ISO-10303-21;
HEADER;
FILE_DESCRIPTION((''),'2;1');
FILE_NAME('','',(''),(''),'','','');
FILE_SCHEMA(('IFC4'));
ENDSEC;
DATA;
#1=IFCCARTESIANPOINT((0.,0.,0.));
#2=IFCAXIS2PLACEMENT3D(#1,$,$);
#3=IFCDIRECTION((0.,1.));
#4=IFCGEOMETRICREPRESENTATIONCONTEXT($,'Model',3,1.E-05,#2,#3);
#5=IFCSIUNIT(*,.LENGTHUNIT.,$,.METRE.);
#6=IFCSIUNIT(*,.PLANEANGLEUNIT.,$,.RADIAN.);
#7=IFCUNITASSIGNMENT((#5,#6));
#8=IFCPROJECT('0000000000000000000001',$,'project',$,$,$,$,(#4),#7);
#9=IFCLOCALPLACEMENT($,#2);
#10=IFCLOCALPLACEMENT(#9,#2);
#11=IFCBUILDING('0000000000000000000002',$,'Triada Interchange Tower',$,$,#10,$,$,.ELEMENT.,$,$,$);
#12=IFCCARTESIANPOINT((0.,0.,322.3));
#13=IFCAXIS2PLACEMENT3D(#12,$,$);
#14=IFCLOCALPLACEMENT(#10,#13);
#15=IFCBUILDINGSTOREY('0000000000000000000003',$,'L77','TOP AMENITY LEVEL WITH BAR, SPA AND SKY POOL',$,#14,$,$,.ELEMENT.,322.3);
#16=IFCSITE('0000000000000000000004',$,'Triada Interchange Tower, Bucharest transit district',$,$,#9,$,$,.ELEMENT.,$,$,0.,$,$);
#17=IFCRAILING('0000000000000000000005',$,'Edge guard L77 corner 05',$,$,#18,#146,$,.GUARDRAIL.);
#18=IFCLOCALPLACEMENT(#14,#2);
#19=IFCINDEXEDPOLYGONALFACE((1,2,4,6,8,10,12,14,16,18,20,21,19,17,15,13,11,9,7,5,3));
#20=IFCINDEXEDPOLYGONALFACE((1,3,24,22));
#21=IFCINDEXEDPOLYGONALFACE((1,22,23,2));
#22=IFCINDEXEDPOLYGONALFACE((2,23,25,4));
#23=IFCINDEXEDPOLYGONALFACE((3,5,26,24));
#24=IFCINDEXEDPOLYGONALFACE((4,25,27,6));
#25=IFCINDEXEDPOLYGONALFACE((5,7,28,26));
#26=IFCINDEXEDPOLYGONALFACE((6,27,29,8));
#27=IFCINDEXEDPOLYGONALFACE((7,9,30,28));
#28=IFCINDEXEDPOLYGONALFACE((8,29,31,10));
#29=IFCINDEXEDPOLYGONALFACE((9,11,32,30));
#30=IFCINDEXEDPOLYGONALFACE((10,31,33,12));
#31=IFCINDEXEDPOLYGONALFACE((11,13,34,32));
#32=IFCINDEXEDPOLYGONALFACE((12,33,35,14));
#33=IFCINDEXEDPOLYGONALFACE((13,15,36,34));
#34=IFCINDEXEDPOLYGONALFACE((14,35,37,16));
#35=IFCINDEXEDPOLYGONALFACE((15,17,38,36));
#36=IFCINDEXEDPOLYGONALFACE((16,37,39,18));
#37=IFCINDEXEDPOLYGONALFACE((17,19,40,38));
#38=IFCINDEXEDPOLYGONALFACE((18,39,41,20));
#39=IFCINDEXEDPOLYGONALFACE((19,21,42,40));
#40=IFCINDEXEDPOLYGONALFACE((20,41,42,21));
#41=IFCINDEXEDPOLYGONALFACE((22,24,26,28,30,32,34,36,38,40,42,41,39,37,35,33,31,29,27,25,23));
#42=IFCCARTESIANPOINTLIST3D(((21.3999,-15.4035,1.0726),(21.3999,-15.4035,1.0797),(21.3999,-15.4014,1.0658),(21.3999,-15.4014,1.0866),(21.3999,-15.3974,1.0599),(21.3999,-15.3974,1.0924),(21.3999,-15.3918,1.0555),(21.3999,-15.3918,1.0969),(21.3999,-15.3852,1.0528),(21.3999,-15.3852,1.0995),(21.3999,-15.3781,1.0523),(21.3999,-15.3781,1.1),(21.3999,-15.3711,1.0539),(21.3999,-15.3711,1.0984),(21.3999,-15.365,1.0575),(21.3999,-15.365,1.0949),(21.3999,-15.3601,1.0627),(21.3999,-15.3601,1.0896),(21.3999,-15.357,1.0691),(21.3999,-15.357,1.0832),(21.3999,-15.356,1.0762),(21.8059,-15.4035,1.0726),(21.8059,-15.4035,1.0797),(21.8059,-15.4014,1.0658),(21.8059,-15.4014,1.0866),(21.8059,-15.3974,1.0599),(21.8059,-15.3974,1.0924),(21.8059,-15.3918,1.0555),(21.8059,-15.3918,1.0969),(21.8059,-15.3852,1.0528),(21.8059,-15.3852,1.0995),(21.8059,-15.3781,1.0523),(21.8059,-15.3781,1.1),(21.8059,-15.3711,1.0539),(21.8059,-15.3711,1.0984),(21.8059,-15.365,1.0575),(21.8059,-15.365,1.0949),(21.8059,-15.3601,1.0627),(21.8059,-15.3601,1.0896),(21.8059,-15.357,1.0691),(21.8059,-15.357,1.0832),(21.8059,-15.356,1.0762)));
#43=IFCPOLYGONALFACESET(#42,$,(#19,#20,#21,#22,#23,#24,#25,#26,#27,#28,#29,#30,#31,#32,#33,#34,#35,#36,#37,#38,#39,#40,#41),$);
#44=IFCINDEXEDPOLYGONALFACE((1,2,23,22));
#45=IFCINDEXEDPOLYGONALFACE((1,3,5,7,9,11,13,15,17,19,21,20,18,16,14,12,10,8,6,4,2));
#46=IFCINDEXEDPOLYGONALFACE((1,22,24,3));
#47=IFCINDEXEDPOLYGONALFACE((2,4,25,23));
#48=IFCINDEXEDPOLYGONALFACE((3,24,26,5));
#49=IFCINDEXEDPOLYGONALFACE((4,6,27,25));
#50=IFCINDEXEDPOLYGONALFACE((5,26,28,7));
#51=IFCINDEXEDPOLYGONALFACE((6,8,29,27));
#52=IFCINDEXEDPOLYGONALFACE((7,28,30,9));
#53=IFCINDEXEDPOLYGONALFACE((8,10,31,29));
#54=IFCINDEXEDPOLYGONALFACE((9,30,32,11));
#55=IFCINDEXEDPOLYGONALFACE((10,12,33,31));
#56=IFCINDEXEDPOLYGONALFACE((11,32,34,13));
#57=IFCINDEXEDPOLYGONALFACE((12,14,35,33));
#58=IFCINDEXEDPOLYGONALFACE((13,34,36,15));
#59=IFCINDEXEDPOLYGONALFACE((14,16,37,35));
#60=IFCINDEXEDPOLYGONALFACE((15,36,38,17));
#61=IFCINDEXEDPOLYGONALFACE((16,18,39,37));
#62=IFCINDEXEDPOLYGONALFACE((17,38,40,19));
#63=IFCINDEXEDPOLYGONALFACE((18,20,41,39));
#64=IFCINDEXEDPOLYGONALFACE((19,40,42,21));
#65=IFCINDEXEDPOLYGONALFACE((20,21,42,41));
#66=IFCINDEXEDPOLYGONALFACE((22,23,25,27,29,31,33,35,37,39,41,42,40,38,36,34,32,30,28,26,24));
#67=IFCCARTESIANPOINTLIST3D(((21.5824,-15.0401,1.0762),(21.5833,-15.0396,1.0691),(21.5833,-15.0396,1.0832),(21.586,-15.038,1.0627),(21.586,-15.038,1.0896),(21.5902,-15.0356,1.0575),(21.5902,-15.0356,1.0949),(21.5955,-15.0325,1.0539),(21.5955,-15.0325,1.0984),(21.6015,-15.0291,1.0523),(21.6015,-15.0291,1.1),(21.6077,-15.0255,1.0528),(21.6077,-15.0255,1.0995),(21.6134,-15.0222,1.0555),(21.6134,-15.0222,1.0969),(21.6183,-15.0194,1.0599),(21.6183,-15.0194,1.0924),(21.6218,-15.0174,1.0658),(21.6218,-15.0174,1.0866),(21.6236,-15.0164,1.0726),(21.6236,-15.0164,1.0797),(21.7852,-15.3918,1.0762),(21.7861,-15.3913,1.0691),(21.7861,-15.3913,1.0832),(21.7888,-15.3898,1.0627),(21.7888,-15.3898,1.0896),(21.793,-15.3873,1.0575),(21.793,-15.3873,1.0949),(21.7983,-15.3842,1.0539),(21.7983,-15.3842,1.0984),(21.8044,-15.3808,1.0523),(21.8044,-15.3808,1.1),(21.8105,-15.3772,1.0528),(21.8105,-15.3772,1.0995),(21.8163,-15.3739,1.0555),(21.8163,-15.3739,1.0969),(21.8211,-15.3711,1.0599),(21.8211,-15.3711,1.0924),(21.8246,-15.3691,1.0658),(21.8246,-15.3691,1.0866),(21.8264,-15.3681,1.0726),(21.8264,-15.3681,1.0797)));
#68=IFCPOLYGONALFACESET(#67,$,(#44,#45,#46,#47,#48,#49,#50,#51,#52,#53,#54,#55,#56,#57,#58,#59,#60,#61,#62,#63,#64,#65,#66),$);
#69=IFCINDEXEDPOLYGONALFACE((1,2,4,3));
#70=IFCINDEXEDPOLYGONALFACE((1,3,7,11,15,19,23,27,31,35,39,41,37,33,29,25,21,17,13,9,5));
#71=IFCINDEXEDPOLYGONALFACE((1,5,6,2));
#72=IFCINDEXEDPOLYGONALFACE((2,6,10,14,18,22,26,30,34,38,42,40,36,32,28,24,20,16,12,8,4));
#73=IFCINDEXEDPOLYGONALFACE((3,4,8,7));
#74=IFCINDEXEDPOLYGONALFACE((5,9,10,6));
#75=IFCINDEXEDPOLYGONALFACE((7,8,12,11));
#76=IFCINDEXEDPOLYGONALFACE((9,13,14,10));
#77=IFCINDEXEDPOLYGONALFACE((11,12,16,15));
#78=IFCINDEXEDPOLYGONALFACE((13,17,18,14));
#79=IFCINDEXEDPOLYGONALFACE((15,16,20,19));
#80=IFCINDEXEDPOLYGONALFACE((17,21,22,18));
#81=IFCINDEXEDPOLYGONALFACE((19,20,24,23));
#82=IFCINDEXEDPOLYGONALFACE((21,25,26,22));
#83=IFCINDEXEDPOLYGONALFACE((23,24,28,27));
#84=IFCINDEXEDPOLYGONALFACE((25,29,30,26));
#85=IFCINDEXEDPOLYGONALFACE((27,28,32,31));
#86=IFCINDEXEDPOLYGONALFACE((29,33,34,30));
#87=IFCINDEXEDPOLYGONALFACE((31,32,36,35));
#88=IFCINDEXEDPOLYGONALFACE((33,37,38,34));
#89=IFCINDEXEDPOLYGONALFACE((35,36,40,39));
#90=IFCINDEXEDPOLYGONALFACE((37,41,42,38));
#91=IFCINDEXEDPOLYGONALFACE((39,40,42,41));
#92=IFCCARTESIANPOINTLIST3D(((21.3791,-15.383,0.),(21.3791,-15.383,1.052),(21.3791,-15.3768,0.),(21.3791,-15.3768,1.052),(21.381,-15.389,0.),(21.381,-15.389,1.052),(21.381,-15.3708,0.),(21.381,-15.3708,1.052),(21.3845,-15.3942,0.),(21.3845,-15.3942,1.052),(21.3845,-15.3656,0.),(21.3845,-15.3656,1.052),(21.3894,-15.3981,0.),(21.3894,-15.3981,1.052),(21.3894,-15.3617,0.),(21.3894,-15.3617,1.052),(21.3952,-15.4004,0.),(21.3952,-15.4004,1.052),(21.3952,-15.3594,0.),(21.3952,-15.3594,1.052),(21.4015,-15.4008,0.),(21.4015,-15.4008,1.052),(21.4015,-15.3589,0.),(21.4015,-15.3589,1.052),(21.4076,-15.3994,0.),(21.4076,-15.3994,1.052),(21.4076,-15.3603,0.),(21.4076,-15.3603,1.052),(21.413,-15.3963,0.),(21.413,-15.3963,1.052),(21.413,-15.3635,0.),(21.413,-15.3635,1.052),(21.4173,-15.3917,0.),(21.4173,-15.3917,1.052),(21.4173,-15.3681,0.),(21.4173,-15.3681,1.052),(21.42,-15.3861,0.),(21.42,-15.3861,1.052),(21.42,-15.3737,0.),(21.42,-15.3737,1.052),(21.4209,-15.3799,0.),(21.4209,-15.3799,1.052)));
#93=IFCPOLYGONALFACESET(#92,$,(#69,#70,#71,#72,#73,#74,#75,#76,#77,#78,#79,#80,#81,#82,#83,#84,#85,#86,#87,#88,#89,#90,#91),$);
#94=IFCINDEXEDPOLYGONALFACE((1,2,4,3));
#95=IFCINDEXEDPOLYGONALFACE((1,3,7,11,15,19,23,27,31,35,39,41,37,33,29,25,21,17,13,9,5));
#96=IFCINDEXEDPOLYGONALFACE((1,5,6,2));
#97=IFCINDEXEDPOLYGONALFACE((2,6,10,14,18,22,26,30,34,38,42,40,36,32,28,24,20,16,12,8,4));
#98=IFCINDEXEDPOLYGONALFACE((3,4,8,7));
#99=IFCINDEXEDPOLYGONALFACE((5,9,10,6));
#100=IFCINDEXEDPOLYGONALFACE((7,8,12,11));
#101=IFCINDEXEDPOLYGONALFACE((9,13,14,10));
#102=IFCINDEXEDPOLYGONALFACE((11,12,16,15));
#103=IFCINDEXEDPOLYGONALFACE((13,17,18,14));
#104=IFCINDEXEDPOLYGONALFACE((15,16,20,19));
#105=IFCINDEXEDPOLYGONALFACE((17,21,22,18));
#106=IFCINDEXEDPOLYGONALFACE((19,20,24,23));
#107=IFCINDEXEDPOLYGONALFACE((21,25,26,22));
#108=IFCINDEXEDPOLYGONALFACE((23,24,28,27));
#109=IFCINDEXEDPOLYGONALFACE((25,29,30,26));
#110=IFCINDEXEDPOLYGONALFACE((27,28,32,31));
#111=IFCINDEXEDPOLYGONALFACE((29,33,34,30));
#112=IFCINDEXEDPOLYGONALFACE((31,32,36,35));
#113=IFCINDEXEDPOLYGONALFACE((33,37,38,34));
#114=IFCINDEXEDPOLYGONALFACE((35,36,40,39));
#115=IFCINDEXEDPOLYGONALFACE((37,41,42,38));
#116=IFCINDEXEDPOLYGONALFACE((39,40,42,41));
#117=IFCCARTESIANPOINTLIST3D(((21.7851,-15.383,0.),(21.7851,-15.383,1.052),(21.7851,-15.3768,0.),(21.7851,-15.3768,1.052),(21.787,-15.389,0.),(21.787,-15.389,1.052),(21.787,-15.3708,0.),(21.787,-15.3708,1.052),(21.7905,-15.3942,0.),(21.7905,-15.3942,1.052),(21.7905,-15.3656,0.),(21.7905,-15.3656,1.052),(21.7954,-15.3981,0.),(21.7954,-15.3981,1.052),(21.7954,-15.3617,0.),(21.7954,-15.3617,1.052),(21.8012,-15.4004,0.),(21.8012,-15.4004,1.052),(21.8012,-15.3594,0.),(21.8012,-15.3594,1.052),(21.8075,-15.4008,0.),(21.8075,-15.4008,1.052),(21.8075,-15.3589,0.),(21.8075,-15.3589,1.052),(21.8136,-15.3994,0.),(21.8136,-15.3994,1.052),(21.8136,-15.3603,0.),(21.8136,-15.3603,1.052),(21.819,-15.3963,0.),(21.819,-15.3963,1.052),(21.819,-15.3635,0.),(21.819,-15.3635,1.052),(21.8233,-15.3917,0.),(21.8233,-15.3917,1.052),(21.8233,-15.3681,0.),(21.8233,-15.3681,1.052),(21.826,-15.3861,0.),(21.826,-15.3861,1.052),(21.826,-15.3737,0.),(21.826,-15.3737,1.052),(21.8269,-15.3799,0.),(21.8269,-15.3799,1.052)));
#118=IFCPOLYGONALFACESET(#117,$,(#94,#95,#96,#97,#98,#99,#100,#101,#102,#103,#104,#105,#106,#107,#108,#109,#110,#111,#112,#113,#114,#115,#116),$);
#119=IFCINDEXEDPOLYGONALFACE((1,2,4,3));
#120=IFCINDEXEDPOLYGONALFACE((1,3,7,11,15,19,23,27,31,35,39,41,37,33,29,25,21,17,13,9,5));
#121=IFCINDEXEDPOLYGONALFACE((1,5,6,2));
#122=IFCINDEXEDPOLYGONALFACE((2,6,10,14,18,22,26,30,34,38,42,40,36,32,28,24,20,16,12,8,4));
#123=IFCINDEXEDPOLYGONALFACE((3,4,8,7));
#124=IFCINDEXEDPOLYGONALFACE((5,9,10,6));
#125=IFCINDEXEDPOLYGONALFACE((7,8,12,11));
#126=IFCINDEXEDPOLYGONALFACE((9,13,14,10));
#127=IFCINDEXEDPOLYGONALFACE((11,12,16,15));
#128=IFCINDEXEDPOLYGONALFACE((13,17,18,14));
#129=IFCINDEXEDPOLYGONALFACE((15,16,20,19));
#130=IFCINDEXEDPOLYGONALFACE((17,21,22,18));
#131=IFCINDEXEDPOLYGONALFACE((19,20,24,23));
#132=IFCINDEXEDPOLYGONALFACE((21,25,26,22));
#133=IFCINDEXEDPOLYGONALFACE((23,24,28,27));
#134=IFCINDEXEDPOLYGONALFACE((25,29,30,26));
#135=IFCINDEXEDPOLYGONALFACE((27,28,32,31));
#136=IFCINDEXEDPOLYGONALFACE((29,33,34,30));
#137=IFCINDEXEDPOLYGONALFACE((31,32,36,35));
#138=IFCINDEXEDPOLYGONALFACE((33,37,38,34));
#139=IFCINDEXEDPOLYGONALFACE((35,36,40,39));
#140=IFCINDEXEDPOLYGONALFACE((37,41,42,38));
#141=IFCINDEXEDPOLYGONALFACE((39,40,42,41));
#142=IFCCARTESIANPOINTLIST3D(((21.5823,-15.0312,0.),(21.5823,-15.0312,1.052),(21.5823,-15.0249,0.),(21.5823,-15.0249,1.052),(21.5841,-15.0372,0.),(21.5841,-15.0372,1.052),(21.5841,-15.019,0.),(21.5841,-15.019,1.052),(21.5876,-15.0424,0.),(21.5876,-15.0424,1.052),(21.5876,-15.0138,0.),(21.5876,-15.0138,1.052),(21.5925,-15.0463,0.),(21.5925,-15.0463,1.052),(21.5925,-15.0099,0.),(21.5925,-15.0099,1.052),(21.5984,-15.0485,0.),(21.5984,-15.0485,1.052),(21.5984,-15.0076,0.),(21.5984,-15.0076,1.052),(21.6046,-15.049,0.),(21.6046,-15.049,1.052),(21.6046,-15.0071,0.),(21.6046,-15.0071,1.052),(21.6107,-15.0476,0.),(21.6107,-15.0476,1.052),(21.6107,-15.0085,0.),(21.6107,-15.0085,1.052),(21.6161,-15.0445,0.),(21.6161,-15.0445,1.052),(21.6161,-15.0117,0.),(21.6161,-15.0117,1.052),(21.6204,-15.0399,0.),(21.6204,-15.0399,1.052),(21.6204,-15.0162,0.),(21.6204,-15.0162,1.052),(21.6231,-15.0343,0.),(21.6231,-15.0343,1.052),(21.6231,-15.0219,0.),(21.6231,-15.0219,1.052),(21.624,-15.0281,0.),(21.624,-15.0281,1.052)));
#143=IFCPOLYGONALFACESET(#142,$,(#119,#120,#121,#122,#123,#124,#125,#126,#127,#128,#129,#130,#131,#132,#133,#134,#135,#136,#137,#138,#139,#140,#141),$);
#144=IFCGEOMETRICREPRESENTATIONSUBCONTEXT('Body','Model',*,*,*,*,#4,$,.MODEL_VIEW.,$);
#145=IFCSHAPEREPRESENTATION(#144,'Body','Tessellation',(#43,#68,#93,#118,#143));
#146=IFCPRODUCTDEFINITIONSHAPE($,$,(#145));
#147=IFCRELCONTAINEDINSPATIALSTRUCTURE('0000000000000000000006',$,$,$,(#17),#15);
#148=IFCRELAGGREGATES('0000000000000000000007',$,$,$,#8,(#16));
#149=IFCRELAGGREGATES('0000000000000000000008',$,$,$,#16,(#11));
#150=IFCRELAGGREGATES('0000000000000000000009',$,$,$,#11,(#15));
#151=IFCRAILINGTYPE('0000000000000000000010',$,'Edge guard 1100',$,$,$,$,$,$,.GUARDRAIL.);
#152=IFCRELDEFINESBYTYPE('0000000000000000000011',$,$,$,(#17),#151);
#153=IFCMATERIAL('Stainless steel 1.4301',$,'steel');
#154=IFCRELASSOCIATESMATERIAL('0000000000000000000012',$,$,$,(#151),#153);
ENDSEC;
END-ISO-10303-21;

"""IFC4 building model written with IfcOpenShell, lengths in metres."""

from ifc_helpers import new_model, si_unit, direction, frame, origin, origin_2d, place, context, subcontext, project, spatial, circle, extrude, material, type_object, element, save


model = new_model("IFC4")

# Units and contexts
model_context = context("Model", 3, precision=1e-05, world=origin(), true_north=direction((0.0, 1.0)))
body_context = subcontext(model_context, "Body", "Model", "MODEL_VIEW")
ifc_project = project(units=[si_unit("LENGTHUNIT", "METRE"), si_unit("PLANEANGLEUNIT", "RADIAN")], contexts=[model_context])

# Site, building, storey
site_placement = place(None, origin())
site = spatial("IfcSite", under=ifc_project, at=site_placement, Name="Triada Interchange Tower, Bucharest transit district", CompositionType="ELEMENT", RefElevation=0.0)
building_placement = place(site_placement, origin())
building = spatial("IfcBuilding", under=site, at=building_placement, Name="Triada Interchange Tower", CompositionType="ELEMENT")
storey_placement = place(building_placement, frame((0.0, 0.0, 322.3)))
storey = spatial("IfcBuildingStorey", under=building, at=storey_placement, Name="L77", Description="TOP AMENITY LEVEL WITH BAR, SPA AND SKY POOL", CompositionType="ELEMENT", Elevation=322.3)

# Railing
ifc_material_1 = material(Name="Stainless steel 1.4301", Category="steel")
railing_type = type_object("IfcRailingType", Name="Edge guard 1100", PredefinedType="GUARDRAIL", material=ifc_material_1)
railing_1_placement = place(storey_placement, frame((21.3999, -15.3799, 0.0)))
element("IfcRailing", 1, at=railing_1_placement, inside=storey, type_object=railing_type, Name="Edge guard L77 corner 05", PredefinedType="GUARDRAIL", context=body_context, shape_type="SweptSolid", body=[
    extrude(circle(Radius=0.0239, at=origin_2d()), frame((0.0, 0.0, 1.0762), z_axis=(1.0, 0.0, 0.0), x_axis=(0.0, 1.0, 0.0)), (0.0, 0.0, 1.0), 0.406),
    extrude(circle(Radius=0.0239, at=origin_2d()), frame((0.406, 0.0, 1.0762), z_axis=(-0.499566, 0.866276, 0.0), x_axis=(-0.866276, -0.499566, 0.0)), (0.0, 0.0, 1.0), 0.406),
    extrude(circle(Radius=0.021, at=origin_2d()), origin(), (0.0, 0.0, 1.0), 1.052),
    extrude(circle(Radius=0.021, at=origin_2d()), frame((0.406, 0.0, 0.0)), (0.0, 0.0, 1.0), 1.052),
    extrude(circle(Radius=0.021, at=origin_2d()), frame((0.2031, 0.3518, 0.0)), (0.0, 0.0, 1.0), 1.052),
])

save(model, "model.ifc")
